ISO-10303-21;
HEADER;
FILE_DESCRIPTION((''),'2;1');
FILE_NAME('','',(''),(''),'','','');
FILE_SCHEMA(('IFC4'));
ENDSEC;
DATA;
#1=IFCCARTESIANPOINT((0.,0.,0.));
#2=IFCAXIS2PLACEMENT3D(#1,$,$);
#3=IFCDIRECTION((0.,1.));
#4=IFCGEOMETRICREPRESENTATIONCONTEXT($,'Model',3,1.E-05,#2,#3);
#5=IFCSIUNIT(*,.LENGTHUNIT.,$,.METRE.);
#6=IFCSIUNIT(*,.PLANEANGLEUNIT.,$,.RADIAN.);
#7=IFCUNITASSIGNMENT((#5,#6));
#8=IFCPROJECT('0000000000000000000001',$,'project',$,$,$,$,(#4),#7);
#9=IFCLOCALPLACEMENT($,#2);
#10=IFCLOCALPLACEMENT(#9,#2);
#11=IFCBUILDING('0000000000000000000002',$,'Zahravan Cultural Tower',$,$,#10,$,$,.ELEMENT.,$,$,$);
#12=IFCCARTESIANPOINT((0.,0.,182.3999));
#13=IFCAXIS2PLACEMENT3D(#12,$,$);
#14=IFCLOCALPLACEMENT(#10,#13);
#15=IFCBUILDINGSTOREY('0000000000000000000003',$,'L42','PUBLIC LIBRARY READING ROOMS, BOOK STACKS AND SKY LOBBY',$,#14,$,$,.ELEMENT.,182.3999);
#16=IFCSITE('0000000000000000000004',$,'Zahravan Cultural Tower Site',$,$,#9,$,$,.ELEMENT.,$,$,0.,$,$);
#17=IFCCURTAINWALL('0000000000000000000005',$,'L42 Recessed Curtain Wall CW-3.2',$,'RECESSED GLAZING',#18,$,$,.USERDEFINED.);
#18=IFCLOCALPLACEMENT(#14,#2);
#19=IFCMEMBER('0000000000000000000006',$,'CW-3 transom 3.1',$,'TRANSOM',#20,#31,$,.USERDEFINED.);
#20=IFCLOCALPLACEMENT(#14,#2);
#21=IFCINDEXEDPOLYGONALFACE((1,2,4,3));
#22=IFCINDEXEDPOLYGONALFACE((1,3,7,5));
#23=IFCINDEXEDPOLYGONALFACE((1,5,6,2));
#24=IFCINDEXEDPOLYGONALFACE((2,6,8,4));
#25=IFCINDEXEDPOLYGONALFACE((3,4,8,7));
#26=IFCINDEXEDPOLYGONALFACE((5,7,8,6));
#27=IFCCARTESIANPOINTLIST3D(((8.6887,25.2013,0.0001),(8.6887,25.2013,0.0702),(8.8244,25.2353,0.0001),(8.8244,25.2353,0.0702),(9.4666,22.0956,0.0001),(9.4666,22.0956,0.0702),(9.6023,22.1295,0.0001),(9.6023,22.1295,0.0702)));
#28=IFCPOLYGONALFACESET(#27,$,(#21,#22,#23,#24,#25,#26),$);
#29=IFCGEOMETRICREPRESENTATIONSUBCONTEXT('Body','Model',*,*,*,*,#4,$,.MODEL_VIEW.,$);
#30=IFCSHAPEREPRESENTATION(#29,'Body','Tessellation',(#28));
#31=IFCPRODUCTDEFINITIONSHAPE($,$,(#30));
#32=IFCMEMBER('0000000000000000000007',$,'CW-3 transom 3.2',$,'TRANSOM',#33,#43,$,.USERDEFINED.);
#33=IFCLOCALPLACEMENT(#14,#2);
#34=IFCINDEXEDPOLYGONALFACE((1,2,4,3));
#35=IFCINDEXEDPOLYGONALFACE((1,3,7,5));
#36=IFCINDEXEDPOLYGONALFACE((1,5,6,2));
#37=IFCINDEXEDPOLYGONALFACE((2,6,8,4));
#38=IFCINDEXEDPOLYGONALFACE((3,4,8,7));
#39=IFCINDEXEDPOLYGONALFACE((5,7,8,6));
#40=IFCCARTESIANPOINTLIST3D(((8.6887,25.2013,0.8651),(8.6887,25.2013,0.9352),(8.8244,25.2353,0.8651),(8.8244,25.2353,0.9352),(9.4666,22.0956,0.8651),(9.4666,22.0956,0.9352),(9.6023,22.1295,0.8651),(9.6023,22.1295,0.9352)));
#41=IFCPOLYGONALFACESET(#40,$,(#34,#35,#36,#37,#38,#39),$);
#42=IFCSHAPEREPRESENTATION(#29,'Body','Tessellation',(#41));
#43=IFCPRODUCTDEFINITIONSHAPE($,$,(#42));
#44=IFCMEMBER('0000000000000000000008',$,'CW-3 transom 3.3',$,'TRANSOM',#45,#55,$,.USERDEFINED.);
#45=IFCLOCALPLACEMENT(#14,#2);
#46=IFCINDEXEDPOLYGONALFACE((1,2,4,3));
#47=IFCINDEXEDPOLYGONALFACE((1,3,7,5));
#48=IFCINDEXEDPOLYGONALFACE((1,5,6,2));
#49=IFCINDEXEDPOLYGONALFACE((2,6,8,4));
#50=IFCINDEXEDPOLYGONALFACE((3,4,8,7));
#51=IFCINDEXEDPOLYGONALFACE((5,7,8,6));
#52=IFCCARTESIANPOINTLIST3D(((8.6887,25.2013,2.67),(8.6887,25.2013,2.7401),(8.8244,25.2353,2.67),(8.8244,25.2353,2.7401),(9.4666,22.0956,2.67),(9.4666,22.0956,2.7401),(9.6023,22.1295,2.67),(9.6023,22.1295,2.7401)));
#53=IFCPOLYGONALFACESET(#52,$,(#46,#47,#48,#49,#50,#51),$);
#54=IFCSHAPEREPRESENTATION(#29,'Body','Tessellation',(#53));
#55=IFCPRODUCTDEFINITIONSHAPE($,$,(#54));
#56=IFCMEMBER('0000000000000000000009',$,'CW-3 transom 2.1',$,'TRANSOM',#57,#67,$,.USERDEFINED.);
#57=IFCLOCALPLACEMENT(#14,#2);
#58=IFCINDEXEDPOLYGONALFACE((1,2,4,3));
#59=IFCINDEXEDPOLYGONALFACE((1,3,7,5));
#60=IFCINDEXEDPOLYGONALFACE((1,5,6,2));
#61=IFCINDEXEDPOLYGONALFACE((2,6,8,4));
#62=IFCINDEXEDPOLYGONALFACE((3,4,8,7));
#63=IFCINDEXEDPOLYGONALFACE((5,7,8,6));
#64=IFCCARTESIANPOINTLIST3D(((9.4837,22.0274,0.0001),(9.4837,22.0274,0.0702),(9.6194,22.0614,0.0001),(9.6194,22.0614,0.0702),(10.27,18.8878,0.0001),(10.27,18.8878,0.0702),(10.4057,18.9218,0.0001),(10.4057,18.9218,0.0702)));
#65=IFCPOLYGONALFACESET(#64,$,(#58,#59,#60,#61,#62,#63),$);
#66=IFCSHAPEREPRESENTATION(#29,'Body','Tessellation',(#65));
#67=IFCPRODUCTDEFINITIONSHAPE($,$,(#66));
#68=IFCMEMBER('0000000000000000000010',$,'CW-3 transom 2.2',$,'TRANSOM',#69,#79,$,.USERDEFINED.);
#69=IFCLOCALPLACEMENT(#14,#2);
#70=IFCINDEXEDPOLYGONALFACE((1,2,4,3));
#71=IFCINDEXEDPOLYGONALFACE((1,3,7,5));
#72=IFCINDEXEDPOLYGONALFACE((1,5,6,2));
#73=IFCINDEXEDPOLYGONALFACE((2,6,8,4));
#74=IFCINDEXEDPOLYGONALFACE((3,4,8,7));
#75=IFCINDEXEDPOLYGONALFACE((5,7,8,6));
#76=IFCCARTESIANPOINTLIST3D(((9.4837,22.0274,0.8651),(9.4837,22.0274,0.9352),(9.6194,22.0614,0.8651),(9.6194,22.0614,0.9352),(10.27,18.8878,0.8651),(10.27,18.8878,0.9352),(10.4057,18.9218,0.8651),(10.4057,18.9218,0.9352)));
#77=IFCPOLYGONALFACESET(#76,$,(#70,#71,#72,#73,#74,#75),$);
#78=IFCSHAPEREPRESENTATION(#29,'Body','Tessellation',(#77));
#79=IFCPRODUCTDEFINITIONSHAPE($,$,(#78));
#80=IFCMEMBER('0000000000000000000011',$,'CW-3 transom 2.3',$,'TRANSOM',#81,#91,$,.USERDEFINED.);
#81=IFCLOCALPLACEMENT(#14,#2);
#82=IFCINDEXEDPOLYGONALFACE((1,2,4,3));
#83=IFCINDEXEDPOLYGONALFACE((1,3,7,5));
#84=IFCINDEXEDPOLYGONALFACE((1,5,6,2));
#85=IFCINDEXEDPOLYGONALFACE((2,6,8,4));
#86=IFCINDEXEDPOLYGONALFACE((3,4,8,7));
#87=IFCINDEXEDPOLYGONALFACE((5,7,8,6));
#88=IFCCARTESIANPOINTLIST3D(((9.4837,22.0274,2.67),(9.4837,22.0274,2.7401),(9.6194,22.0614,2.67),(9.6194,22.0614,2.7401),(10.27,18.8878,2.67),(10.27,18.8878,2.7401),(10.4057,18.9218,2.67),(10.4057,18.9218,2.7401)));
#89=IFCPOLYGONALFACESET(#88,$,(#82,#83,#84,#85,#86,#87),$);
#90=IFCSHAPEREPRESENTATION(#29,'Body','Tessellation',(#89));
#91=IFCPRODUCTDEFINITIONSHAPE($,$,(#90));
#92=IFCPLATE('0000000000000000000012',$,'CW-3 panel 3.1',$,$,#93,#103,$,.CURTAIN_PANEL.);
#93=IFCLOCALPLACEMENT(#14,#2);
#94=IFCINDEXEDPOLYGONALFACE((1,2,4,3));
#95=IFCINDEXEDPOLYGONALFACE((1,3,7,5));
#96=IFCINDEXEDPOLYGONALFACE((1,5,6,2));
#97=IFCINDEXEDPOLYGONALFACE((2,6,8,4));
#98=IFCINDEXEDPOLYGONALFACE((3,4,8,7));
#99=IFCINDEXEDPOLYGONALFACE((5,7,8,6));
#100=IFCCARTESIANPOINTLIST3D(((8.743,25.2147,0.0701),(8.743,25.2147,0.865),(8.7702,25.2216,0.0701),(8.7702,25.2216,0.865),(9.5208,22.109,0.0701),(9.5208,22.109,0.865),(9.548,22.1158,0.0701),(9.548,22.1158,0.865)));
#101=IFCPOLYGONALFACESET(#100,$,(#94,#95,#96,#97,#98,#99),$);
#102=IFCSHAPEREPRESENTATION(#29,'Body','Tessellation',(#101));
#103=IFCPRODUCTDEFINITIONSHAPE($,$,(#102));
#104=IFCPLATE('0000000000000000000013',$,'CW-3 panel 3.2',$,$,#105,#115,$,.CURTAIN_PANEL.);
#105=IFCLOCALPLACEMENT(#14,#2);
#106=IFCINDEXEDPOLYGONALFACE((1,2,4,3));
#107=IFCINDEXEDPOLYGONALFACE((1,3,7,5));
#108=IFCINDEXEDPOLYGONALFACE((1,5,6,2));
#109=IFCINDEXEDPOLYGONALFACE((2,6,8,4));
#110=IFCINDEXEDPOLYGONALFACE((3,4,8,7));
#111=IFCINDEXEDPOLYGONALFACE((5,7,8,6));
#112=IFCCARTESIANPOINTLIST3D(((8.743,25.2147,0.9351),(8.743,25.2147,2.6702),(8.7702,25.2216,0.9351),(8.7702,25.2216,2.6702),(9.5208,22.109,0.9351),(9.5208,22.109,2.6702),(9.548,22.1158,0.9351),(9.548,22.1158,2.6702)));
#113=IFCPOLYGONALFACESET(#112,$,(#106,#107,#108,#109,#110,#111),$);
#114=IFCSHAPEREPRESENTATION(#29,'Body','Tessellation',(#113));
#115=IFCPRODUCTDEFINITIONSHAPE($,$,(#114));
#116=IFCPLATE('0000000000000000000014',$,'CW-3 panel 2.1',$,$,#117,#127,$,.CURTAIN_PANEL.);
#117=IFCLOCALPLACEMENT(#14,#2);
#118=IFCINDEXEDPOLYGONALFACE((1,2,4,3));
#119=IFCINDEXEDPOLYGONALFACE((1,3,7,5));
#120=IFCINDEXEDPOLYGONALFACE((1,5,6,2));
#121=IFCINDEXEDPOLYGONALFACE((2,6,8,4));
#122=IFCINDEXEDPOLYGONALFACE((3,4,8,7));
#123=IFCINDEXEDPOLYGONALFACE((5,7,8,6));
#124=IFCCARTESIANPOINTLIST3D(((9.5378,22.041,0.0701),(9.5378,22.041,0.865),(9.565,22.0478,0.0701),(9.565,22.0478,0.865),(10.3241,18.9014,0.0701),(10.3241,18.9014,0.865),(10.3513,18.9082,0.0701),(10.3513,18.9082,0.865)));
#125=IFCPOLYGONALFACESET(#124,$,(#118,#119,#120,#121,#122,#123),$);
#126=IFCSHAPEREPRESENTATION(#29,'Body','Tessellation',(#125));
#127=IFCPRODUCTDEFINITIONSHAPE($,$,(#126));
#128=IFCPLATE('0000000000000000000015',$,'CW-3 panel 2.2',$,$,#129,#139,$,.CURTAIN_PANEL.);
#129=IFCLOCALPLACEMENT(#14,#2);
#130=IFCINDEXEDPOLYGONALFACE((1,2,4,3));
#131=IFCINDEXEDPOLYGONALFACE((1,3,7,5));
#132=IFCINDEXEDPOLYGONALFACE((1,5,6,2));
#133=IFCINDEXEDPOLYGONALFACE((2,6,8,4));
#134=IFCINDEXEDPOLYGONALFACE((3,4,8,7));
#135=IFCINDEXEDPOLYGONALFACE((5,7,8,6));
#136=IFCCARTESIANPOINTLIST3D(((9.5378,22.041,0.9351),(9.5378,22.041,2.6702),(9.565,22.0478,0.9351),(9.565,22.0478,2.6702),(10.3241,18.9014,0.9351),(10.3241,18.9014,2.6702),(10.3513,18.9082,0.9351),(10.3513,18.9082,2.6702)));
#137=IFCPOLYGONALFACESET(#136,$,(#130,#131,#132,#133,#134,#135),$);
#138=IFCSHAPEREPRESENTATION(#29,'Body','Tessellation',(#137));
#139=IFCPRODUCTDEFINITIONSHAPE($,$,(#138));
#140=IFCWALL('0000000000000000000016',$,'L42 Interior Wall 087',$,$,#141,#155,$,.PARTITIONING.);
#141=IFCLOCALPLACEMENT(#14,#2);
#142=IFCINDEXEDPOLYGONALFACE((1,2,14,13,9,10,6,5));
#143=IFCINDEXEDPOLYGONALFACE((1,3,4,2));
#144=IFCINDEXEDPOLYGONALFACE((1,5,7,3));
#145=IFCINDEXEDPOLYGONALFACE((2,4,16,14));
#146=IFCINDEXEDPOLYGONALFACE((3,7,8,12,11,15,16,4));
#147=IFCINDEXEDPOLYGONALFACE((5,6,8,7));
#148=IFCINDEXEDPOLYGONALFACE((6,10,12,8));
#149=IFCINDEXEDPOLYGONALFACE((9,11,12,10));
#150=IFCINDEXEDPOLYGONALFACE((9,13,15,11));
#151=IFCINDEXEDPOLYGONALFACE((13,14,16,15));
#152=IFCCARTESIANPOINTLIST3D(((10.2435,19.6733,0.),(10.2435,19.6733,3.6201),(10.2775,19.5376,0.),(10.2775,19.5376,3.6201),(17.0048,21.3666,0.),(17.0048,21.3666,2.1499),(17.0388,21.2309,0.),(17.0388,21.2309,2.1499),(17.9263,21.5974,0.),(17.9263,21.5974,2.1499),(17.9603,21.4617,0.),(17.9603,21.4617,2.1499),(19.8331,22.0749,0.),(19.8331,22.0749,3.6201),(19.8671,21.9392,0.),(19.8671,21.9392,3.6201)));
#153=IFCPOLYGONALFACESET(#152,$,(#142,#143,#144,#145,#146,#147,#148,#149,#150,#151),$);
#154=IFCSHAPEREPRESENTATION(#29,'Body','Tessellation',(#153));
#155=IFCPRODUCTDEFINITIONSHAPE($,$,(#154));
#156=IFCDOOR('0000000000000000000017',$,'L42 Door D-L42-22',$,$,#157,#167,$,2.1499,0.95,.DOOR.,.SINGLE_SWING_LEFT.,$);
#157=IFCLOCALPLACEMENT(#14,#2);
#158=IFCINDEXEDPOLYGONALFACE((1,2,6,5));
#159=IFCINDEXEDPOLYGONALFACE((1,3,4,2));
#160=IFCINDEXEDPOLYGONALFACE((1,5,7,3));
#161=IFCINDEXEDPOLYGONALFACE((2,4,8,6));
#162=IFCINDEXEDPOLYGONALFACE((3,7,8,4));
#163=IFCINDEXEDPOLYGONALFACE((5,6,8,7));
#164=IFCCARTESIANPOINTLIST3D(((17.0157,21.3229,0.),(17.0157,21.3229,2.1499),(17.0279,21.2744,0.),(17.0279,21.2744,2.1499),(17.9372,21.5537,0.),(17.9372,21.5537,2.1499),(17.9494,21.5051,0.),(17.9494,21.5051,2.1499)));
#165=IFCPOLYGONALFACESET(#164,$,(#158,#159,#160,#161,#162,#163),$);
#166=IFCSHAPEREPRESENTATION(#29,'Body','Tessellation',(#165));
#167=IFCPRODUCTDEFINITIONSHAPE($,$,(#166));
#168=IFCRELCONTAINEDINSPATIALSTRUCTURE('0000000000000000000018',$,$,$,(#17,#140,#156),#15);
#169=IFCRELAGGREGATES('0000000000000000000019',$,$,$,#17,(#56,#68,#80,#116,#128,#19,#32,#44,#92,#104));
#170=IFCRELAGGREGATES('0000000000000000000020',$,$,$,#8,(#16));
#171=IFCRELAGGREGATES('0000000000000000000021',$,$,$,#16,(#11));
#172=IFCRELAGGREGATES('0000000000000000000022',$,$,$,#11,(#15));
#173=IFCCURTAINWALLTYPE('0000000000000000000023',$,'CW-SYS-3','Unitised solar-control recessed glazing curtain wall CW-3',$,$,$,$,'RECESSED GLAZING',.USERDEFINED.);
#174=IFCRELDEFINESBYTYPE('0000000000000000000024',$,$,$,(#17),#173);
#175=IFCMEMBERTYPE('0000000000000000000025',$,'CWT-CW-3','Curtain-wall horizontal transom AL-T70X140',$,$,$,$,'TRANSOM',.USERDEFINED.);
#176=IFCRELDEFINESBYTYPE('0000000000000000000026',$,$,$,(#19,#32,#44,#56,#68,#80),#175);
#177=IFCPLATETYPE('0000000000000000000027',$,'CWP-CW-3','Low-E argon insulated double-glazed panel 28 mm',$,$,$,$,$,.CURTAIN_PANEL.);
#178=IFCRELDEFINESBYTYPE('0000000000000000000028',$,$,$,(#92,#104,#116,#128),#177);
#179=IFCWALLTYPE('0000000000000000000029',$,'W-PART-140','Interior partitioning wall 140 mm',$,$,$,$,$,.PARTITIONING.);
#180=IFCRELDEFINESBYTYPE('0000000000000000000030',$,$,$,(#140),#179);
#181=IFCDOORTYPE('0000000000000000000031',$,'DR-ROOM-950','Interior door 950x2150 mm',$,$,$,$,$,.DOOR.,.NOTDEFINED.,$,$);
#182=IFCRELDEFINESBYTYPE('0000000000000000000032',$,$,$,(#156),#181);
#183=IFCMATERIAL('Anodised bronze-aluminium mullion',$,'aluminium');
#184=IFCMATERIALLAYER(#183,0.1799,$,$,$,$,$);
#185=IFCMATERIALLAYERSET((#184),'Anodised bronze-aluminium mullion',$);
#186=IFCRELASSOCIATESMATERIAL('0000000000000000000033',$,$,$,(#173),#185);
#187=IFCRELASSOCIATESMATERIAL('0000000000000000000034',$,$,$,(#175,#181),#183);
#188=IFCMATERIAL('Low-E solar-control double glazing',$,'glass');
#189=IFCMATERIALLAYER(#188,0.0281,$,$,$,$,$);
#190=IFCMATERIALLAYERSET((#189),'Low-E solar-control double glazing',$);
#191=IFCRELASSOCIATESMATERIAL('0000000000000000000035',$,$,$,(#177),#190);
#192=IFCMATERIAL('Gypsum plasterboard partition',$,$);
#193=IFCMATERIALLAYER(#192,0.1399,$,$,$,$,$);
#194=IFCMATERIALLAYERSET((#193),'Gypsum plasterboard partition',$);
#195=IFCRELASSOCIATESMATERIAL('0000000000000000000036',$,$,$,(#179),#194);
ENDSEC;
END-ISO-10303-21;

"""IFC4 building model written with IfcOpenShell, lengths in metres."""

from ifc_helpers import new_model, si_unit, direction, frame, frame_2d, origin, origin_2d, place, context, subcontext, project, spatial, rectangle, extrude, source, transform, mapped, material, layer, layer_set, material_profile, profile_set, type_object, element, fill, aggregate, save


model = new_model("IFC4")

# Units and contexts
model_context = context("Model", 3, precision=1e-05, world=origin(), true_north=direction((0.0, 1.0)))
body_context = subcontext(model_context, "Body", "Model", "MODEL_VIEW")
ifc_project = project(units=[si_unit("LENGTHUNIT", "METRE"), si_unit("PLANEANGLEUNIT", "RADIAN")], contexts=[model_context])

# Site, building, storey
site_placement = place(None, origin())
site = spatial("IfcSite", under=ifc_project, at=site_placement, Name="Zahravan Cultural Tower Site", CompositionType="ELEMENT", RefElevation=0.0)
building_placement = place(site_placement, origin())
building = spatial("IfcBuilding", under=site, at=building_placement, Name="Zahravan Cultural Tower", CompositionType="ELEMENT")
storey_placement = place(building_placement, frame((0.0, 0.0, 182.3999)))
storey = spatial("IfcBuildingStorey", under=building, at=storey_placement, Name="L42", Description="PUBLIC LIBRARY READING ROOMS, BOOK STACKS AND SKY LOBBY", CompositionType="ELEMENT", Elevation=182.3999)

# Curtain wall, members, plates
ifc_material_1 = material(Name="Anodised bronze-aluminium mullion", Category="aluminium")
ifc_layer_1 = layer(ifc_material_1, 0.1799)
ifc_layer_set_1 = layer_set([ifc_layer_1], Name="Anodised bronze-aluminium mullion")
curtain_wall_type = type_object("IfcCurtainWallType", Name="CW-SYS-3", Description="Unitised solar-control recessed glazing curtain wall CW-3", ElementType="RECESSED GLAZING", PredefinedType="USERDEFINED", material=ifc_layer_set_1)
curtain_wall_placement = place(storey_placement, origin())
curtain_wall = element("IfcCurtainWall", 1, at=curtain_wall_placement, inside=storey, type_object=curtain_wall_type, Name="L42 Recessed Curtain Wall CW-3.2", ObjectType="RECESSED GLAZING", PredefinedType="USERDEFINED")
ifc_material_profile_1 = material_profile(ifc_material_1, rectangle(XDim=0.1399, YDim=0.0701, at=origin_2d()), Name="AL-T70X140")
ifc_profile_set_1 = profile_set([ifc_material_profile_1], Name="Anodised bronze-aluminium mullion")
member_type_1 = type_object("IfcMemberType", Name="CWT-CW-3", Description="Curtain-wall horizontal transom AL-T70X140", ElementType="TRANSOM", PredefinedType="USERDEFINED", material=ifc_profile_set_1)
shared_shape_1 = source(origin(), body_context, "Body", "SweptSolid", [
    extrude(rectangle(XDim=0.1399, YDim=0.0701, at=origin_2d()), origin(), (0.0, 0.0, 1.0), 3.2017),
])
member_1_placement = place(storey_placement, frame((9.5344, 22.1125, 0.0352), z_axis=(-0.242948, 0.970039, 0.0), x_axis=(-0.970039, -0.242948, 0.0)))
member_1 = element("IfcMember", 2, at=member_1_placement, type_object=member_type_1, Name="CW-3 transom 3.1", ObjectType="TRANSOM", PredefinedType="USERDEFINED", context=body_context, shape_type="MappedRepresentation", body=[
    mapped(shared_shape_1, transform((0.0, 0.0, 0.0), x_axis=(1.0, 0.0, 0.0), y_axis=(0.0, 1.0, 0.0), z_axis=(0.0, 0.0, 1.0), scale=1.0)),
])
member_2_placement = place(storey_placement, frame((9.5344, 22.1125, 0.9001), z_axis=(-0.242948, 0.970039, 0.0), x_axis=(-0.970039, -0.242948, 0.0)))
member_2 = element("IfcMember", 3, at=member_2_placement, type_object=member_type_1, Name="CW-3 transom 3.2", ObjectType="TRANSOM", PredefinedType="USERDEFINED", context=body_context, shape_type="MappedRepresentation", body=[
    mapped(shared_shape_1, transform((0.0, 0.0, 0.0), x_axis=(1.0, 0.0, 0.0), y_axis=(0.0, 1.0, 0.0), z_axis=(0.0, 0.0, 1.0), scale=1.0)),
])
member_3_placement = place(storey_placement, frame((9.5344, 22.1125, 2.7051), z_axis=(-0.242948, 0.970039, 0.0), x_axis=(-0.970039, -0.242948, 0.0)))
member_3 = element("IfcMember", 4, at=member_3_placement, type_object=member_type_1, Name="CW-3 transom 3.3", ObjectType="TRANSOM", PredefinedType="USERDEFINED", context=body_context, shape_type="MappedRepresentation", body=[
    mapped(shared_shape_1, transform((0.0, 0.0, 0.0), x_axis=(1.0, 0.0, 0.0), y_axis=(0.0, 1.0, 0.0), z_axis=(0.0, 0.0, 1.0), scale=1.0)),
])
shared_shape_2 = source(origin(), body_context, "Body", "SweptSolid", [
    extrude(rectangle(XDim=0.1399, YDim=0.0701, at=origin_2d()), origin(), (0.0, 0.0, 1.0), 3.2366),
])
member_4_placement = place(storey_placement, frame((10.3379, 18.9048, 0.0352), z_axis=(-0.242962, 0.970036, 0.0), x_axis=(-0.970036, -0.242962, 0.0)))
member_4 = element("IfcMember", 5, at=member_4_placement, type_object=member_type_1, Name="CW-3 transom 2.1", ObjectType="TRANSOM", PredefinedType="USERDEFINED", context=body_context, shape_type="MappedRepresentation", body=[
    mapped(shared_shape_2, transform((0.0, 0.0, 0.0), x_axis=(1.0, 0.0, 0.0), y_axis=(0.0, 1.0, 0.0), z_axis=(0.0, 0.0, 1.0), scale=1.0)),
])
member_5_placement = place(storey_placement, frame((10.3379, 18.9048, 0.9001), z_axis=(-0.242962, 0.970036, 0.0), x_axis=(-0.970036, -0.242962, 0.0)))
member_5 = element("IfcMember", 6, at=member_5_placement, type_object=member_type_1, Name="CW-3 transom 2.2", ObjectType="TRANSOM", PredefinedType="USERDEFINED", context=body_context, shape_type="MappedRepresentation", body=[
    mapped(shared_shape_2, transform((0.0, 0.0, 0.0), x_axis=(1.0, 0.0, 0.0), y_axis=(0.0, 1.0, 0.0), z_axis=(0.0, 0.0, 1.0), scale=1.0)),
])
member_6_placement = place(storey_placement, frame((10.3379, 18.9048, 2.7051), z_axis=(-0.242962, 0.970036, 0.0), x_axis=(-0.970036, -0.242962, 0.0)))
member_6 = element("IfcMember", 7, at=member_6_placement, type_object=member_type_1, Name="CW-3 transom 2.3", ObjectType="TRANSOM", PredefinedType="USERDEFINED", context=body_context, shape_type="MappedRepresentation", body=[
    mapped(shared_shape_2, transform((0.0, 0.0, 0.0), x_axis=(1.0, 0.0, 0.0), y_axis=(0.0, 1.0, 0.0), z_axis=(0.0, 0.0, 1.0), scale=1.0)),
])
ifc_material_2 = material(Name="Low-E solar-control double glazing", Category="glass")
ifc_layer_2 = layer(ifc_material_2, 0.0281)
ifc_layer_set_2 = layer_set([ifc_layer_2], Name="Low-E solar-control double glazing")
plate_type = type_object("IfcPlateType", Name="CWP-CW-3", Description="Low-E argon insulated double-glazed panel 28 mm", PredefinedType="CURTAIN_PANEL", material=ifc_layer_set_2)
shared_shape_3 = source(origin(), body_context, "Body", "SweptSolid", [
    extrude(rectangle(XDim=3.2017, YDim=0.0281, at=origin_2d()), origin(), (0.0, 0.0, 1.0), 0.7949),
])
plate_1_placement = place(storey_placement, frame((9.1455, 23.6653, 0.0701), z_axis=(0.0, 0.0, 1.0), x_axis=(-0.242944, 0.97004, 0.0)))
plate_1 = element("IfcPlate", 8, at=plate_1_placement, type_object=plate_type, Name="CW-3 panel 3.1", PredefinedType="CURTAIN_PANEL", context=body_context, shape_type="MappedRepresentation", body=[
    mapped(shared_shape_3, transform((0.0, 0.0, 0.0), x_axis=(1.0, 0.0, 0.0), y_axis=(0.0, 1.0, 0.0), z_axis=(0.0, 0.0, 1.0), scale=1.0)),
])
shared_shape_4 = source(origin(), body_context, "Body", "SweptSolid", [
    extrude(rectangle(XDim=3.2017, YDim=0.0281, at=origin_2d()), origin(), (0.0, 0.0, 1.0), 1.7351),
])
plate_2_placement = place(storey_placement, frame((9.1455, 23.6653, 0.9351), z_axis=(0.0, 0.0, 1.0), x_axis=(-0.242944, 0.97004, 0.0)))
plate_2 = element("IfcPlate", 9, at=plate_2_placement, type_object=plate_type, Name="CW-3 panel 3.2", PredefinedType="CURTAIN_PANEL", context=body_context, shape_type="MappedRepresentation", body=[
    mapped(shared_shape_4, transform((0.0, 0.0, 0.0), x_axis=(1.0, 0.0, 0.0), y_axis=(0.0, 1.0, 0.0), z_axis=(0.0, 0.0, 1.0), scale=1.0)),
])
shared_shape_5 = source(origin(), body_context, "Body", "SweptSolid", [
    extrude(rectangle(XDim=3.2366, YDim=0.0281, at=origin_2d()), origin(), (0.0, 0.0, 1.0), 0.7949),
])
plate_3_placement = place(storey_placement, frame((9.9446, 20.4746, 0.0701), z_axis=(0.0, 0.0, 1.0), x_axis=(-0.242944, 0.97004, 0.0)))
plate_3 = element("IfcPlate", 10, at=plate_3_placement, type_object=plate_type, Name="CW-3 panel 2.1", PredefinedType="CURTAIN_PANEL", context=body_context, shape_type="MappedRepresentation", body=[
    mapped(shared_shape_5, transform((0.0, 0.0, 0.0), x_axis=(1.0, 0.0, 0.0), y_axis=(0.0, 1.0, 0.0), z_axis=(0.0, 0.0, 1.0), scale=1.0)),
])
shared_shape_6 = source(origin(), body_context, "Body", "SweptSolid", [
    extrude(rectangle(XDim=3.2366, YDim=0.0281, at=origin_2d()), origin(), (0.0, 0.0, 1.0), 1.7351),
])
plate_4_placement = place(storey_placement, frame((9.9446, 20.4746, 0.9351), z_axis=(0.0, 0.0, 1.0), x_axis=(-0.242944, 0.97004, 0.0)))
plate_4 = element("IfcPlate", 11, at=plate_4_placement, type_object=plate_type, Name="CW-3 panel 2.2", PredefinedType="CURTAIN_PANEL", context=body_context, shape_type="MappedRepresentation", body=[
    mapped(shared_shape_6, transform((0.0, 0.0, 0.0), x_axis=(1.0, 0.0, 0.0), y_axis=(0.0, 1.0, 0.0), z_axis=(0.0, 0.0, 1.0), scale=1.0)),
])
aggregate(curtain_wall, [member_4, member_5, member_6, plate_3, plate_4, member_1, member_2, member_3, plate_1, plate_2])

# Wall, opening, door
ifc_material_3 = material(Name="Gypsum plasterboard partition")
ifc_layer_3 = layer(ifc_material_3, 0.1399)
ifc_layer_set_3 = layer_set([ifc_layer_3], Name="Gypsum plasterboard partition")
wall_type = type_object("IfcWallType", Name="W-PART-140", Description="Interior partitioning wall 140 mm", PredefinedType="PARTITIONING", material=ifc_layer_set_3)
wall_1_placement = place(storey_placement, frame((10.2605, 19.6055, 0.0), z_axis=(0.0, 0.0, 1.0), x_axis=(0.970042, 0.242937, 0.0)))
wall_1 = element("IfcWall", 12, at=wall_1_placement, inside=storey, type_object=wall_type, Name="L42 Interior Wall 087", PredefinedType="PARTITIONING", context=body_context, shape_type="SweptSolid", body=[
    extrude(rectangle(XDim=9.8857, YDim=0.1399, at=frame_2d((4.9429, 0.0))), origin(), (0.0, 0.0, 1.0), 3.6201),
])
opening_1_placement = place(wall_1_placement, frame((6.97, 0.0, 0.0)))
opening_1 = element("IfcOpeningElement", 13, at=opening_1_placement, cuts=wall_1, PredefinedType="OPENING", context=body_context, shape_type="SweptSolid", body=[
    extrude(rectangle(XDim=0.95, YDim=2.1499, at=frame_2d((0.4751, 1.075))), frame((0.0, 0.0798, 0.0), z_axis=(0.0, -1.0, 0.0), x_axis=(1.0, 0.0, 0.0)), (0.0, 0.0, 1.0), 0.1599),
])
door_type = type_object("IfcDoorType", Name="DR-ROOM-950", Description="Interior door 950x2150 mm", OperationType="NOTDEFINED", PredefinedType="DOOR", material=ifc_material_1)
shared_shape_7 = source(origin(), body_context, "Body", "SweptSolid", [
    extrude(rectangle(XDim=0.95, YDim=2.1499, at=frame_2d((0.4751, 1.075))), frame((0.0, 0.0249, 0.0), z_axis=(0.0, -1.0, 0.0), x_axis=(1.0, 0.0, 0.0)), (0.0, 0.0, 1.0), 0.05),
])
door_1_placement = place(opening_1_placement, origin())
door_1 = element("IfcDoor", 14, at=door_1_placement, inside=storey, type_object=door_type, Name="L42 Door D-L42-22", OperationType="SINGLE_SWING_LEFT", OverallHeight=2.1499, OverallWidth=0.95, PredefinedType="DOOR", context=body_context, shape_type="MappedRepresentation", body=[
    mapped(shared_shape_7, transform((0.0, 0.0, 0.0), x_axis=(1.0, 0.0, 0.0), y_axis=(0.0, 1.0, 0.0), z_axis=(0.0, 0.0, 1.0), scale=1.0)),
])
fill(opening_1, door_1)

save(model, "model.ifc")
